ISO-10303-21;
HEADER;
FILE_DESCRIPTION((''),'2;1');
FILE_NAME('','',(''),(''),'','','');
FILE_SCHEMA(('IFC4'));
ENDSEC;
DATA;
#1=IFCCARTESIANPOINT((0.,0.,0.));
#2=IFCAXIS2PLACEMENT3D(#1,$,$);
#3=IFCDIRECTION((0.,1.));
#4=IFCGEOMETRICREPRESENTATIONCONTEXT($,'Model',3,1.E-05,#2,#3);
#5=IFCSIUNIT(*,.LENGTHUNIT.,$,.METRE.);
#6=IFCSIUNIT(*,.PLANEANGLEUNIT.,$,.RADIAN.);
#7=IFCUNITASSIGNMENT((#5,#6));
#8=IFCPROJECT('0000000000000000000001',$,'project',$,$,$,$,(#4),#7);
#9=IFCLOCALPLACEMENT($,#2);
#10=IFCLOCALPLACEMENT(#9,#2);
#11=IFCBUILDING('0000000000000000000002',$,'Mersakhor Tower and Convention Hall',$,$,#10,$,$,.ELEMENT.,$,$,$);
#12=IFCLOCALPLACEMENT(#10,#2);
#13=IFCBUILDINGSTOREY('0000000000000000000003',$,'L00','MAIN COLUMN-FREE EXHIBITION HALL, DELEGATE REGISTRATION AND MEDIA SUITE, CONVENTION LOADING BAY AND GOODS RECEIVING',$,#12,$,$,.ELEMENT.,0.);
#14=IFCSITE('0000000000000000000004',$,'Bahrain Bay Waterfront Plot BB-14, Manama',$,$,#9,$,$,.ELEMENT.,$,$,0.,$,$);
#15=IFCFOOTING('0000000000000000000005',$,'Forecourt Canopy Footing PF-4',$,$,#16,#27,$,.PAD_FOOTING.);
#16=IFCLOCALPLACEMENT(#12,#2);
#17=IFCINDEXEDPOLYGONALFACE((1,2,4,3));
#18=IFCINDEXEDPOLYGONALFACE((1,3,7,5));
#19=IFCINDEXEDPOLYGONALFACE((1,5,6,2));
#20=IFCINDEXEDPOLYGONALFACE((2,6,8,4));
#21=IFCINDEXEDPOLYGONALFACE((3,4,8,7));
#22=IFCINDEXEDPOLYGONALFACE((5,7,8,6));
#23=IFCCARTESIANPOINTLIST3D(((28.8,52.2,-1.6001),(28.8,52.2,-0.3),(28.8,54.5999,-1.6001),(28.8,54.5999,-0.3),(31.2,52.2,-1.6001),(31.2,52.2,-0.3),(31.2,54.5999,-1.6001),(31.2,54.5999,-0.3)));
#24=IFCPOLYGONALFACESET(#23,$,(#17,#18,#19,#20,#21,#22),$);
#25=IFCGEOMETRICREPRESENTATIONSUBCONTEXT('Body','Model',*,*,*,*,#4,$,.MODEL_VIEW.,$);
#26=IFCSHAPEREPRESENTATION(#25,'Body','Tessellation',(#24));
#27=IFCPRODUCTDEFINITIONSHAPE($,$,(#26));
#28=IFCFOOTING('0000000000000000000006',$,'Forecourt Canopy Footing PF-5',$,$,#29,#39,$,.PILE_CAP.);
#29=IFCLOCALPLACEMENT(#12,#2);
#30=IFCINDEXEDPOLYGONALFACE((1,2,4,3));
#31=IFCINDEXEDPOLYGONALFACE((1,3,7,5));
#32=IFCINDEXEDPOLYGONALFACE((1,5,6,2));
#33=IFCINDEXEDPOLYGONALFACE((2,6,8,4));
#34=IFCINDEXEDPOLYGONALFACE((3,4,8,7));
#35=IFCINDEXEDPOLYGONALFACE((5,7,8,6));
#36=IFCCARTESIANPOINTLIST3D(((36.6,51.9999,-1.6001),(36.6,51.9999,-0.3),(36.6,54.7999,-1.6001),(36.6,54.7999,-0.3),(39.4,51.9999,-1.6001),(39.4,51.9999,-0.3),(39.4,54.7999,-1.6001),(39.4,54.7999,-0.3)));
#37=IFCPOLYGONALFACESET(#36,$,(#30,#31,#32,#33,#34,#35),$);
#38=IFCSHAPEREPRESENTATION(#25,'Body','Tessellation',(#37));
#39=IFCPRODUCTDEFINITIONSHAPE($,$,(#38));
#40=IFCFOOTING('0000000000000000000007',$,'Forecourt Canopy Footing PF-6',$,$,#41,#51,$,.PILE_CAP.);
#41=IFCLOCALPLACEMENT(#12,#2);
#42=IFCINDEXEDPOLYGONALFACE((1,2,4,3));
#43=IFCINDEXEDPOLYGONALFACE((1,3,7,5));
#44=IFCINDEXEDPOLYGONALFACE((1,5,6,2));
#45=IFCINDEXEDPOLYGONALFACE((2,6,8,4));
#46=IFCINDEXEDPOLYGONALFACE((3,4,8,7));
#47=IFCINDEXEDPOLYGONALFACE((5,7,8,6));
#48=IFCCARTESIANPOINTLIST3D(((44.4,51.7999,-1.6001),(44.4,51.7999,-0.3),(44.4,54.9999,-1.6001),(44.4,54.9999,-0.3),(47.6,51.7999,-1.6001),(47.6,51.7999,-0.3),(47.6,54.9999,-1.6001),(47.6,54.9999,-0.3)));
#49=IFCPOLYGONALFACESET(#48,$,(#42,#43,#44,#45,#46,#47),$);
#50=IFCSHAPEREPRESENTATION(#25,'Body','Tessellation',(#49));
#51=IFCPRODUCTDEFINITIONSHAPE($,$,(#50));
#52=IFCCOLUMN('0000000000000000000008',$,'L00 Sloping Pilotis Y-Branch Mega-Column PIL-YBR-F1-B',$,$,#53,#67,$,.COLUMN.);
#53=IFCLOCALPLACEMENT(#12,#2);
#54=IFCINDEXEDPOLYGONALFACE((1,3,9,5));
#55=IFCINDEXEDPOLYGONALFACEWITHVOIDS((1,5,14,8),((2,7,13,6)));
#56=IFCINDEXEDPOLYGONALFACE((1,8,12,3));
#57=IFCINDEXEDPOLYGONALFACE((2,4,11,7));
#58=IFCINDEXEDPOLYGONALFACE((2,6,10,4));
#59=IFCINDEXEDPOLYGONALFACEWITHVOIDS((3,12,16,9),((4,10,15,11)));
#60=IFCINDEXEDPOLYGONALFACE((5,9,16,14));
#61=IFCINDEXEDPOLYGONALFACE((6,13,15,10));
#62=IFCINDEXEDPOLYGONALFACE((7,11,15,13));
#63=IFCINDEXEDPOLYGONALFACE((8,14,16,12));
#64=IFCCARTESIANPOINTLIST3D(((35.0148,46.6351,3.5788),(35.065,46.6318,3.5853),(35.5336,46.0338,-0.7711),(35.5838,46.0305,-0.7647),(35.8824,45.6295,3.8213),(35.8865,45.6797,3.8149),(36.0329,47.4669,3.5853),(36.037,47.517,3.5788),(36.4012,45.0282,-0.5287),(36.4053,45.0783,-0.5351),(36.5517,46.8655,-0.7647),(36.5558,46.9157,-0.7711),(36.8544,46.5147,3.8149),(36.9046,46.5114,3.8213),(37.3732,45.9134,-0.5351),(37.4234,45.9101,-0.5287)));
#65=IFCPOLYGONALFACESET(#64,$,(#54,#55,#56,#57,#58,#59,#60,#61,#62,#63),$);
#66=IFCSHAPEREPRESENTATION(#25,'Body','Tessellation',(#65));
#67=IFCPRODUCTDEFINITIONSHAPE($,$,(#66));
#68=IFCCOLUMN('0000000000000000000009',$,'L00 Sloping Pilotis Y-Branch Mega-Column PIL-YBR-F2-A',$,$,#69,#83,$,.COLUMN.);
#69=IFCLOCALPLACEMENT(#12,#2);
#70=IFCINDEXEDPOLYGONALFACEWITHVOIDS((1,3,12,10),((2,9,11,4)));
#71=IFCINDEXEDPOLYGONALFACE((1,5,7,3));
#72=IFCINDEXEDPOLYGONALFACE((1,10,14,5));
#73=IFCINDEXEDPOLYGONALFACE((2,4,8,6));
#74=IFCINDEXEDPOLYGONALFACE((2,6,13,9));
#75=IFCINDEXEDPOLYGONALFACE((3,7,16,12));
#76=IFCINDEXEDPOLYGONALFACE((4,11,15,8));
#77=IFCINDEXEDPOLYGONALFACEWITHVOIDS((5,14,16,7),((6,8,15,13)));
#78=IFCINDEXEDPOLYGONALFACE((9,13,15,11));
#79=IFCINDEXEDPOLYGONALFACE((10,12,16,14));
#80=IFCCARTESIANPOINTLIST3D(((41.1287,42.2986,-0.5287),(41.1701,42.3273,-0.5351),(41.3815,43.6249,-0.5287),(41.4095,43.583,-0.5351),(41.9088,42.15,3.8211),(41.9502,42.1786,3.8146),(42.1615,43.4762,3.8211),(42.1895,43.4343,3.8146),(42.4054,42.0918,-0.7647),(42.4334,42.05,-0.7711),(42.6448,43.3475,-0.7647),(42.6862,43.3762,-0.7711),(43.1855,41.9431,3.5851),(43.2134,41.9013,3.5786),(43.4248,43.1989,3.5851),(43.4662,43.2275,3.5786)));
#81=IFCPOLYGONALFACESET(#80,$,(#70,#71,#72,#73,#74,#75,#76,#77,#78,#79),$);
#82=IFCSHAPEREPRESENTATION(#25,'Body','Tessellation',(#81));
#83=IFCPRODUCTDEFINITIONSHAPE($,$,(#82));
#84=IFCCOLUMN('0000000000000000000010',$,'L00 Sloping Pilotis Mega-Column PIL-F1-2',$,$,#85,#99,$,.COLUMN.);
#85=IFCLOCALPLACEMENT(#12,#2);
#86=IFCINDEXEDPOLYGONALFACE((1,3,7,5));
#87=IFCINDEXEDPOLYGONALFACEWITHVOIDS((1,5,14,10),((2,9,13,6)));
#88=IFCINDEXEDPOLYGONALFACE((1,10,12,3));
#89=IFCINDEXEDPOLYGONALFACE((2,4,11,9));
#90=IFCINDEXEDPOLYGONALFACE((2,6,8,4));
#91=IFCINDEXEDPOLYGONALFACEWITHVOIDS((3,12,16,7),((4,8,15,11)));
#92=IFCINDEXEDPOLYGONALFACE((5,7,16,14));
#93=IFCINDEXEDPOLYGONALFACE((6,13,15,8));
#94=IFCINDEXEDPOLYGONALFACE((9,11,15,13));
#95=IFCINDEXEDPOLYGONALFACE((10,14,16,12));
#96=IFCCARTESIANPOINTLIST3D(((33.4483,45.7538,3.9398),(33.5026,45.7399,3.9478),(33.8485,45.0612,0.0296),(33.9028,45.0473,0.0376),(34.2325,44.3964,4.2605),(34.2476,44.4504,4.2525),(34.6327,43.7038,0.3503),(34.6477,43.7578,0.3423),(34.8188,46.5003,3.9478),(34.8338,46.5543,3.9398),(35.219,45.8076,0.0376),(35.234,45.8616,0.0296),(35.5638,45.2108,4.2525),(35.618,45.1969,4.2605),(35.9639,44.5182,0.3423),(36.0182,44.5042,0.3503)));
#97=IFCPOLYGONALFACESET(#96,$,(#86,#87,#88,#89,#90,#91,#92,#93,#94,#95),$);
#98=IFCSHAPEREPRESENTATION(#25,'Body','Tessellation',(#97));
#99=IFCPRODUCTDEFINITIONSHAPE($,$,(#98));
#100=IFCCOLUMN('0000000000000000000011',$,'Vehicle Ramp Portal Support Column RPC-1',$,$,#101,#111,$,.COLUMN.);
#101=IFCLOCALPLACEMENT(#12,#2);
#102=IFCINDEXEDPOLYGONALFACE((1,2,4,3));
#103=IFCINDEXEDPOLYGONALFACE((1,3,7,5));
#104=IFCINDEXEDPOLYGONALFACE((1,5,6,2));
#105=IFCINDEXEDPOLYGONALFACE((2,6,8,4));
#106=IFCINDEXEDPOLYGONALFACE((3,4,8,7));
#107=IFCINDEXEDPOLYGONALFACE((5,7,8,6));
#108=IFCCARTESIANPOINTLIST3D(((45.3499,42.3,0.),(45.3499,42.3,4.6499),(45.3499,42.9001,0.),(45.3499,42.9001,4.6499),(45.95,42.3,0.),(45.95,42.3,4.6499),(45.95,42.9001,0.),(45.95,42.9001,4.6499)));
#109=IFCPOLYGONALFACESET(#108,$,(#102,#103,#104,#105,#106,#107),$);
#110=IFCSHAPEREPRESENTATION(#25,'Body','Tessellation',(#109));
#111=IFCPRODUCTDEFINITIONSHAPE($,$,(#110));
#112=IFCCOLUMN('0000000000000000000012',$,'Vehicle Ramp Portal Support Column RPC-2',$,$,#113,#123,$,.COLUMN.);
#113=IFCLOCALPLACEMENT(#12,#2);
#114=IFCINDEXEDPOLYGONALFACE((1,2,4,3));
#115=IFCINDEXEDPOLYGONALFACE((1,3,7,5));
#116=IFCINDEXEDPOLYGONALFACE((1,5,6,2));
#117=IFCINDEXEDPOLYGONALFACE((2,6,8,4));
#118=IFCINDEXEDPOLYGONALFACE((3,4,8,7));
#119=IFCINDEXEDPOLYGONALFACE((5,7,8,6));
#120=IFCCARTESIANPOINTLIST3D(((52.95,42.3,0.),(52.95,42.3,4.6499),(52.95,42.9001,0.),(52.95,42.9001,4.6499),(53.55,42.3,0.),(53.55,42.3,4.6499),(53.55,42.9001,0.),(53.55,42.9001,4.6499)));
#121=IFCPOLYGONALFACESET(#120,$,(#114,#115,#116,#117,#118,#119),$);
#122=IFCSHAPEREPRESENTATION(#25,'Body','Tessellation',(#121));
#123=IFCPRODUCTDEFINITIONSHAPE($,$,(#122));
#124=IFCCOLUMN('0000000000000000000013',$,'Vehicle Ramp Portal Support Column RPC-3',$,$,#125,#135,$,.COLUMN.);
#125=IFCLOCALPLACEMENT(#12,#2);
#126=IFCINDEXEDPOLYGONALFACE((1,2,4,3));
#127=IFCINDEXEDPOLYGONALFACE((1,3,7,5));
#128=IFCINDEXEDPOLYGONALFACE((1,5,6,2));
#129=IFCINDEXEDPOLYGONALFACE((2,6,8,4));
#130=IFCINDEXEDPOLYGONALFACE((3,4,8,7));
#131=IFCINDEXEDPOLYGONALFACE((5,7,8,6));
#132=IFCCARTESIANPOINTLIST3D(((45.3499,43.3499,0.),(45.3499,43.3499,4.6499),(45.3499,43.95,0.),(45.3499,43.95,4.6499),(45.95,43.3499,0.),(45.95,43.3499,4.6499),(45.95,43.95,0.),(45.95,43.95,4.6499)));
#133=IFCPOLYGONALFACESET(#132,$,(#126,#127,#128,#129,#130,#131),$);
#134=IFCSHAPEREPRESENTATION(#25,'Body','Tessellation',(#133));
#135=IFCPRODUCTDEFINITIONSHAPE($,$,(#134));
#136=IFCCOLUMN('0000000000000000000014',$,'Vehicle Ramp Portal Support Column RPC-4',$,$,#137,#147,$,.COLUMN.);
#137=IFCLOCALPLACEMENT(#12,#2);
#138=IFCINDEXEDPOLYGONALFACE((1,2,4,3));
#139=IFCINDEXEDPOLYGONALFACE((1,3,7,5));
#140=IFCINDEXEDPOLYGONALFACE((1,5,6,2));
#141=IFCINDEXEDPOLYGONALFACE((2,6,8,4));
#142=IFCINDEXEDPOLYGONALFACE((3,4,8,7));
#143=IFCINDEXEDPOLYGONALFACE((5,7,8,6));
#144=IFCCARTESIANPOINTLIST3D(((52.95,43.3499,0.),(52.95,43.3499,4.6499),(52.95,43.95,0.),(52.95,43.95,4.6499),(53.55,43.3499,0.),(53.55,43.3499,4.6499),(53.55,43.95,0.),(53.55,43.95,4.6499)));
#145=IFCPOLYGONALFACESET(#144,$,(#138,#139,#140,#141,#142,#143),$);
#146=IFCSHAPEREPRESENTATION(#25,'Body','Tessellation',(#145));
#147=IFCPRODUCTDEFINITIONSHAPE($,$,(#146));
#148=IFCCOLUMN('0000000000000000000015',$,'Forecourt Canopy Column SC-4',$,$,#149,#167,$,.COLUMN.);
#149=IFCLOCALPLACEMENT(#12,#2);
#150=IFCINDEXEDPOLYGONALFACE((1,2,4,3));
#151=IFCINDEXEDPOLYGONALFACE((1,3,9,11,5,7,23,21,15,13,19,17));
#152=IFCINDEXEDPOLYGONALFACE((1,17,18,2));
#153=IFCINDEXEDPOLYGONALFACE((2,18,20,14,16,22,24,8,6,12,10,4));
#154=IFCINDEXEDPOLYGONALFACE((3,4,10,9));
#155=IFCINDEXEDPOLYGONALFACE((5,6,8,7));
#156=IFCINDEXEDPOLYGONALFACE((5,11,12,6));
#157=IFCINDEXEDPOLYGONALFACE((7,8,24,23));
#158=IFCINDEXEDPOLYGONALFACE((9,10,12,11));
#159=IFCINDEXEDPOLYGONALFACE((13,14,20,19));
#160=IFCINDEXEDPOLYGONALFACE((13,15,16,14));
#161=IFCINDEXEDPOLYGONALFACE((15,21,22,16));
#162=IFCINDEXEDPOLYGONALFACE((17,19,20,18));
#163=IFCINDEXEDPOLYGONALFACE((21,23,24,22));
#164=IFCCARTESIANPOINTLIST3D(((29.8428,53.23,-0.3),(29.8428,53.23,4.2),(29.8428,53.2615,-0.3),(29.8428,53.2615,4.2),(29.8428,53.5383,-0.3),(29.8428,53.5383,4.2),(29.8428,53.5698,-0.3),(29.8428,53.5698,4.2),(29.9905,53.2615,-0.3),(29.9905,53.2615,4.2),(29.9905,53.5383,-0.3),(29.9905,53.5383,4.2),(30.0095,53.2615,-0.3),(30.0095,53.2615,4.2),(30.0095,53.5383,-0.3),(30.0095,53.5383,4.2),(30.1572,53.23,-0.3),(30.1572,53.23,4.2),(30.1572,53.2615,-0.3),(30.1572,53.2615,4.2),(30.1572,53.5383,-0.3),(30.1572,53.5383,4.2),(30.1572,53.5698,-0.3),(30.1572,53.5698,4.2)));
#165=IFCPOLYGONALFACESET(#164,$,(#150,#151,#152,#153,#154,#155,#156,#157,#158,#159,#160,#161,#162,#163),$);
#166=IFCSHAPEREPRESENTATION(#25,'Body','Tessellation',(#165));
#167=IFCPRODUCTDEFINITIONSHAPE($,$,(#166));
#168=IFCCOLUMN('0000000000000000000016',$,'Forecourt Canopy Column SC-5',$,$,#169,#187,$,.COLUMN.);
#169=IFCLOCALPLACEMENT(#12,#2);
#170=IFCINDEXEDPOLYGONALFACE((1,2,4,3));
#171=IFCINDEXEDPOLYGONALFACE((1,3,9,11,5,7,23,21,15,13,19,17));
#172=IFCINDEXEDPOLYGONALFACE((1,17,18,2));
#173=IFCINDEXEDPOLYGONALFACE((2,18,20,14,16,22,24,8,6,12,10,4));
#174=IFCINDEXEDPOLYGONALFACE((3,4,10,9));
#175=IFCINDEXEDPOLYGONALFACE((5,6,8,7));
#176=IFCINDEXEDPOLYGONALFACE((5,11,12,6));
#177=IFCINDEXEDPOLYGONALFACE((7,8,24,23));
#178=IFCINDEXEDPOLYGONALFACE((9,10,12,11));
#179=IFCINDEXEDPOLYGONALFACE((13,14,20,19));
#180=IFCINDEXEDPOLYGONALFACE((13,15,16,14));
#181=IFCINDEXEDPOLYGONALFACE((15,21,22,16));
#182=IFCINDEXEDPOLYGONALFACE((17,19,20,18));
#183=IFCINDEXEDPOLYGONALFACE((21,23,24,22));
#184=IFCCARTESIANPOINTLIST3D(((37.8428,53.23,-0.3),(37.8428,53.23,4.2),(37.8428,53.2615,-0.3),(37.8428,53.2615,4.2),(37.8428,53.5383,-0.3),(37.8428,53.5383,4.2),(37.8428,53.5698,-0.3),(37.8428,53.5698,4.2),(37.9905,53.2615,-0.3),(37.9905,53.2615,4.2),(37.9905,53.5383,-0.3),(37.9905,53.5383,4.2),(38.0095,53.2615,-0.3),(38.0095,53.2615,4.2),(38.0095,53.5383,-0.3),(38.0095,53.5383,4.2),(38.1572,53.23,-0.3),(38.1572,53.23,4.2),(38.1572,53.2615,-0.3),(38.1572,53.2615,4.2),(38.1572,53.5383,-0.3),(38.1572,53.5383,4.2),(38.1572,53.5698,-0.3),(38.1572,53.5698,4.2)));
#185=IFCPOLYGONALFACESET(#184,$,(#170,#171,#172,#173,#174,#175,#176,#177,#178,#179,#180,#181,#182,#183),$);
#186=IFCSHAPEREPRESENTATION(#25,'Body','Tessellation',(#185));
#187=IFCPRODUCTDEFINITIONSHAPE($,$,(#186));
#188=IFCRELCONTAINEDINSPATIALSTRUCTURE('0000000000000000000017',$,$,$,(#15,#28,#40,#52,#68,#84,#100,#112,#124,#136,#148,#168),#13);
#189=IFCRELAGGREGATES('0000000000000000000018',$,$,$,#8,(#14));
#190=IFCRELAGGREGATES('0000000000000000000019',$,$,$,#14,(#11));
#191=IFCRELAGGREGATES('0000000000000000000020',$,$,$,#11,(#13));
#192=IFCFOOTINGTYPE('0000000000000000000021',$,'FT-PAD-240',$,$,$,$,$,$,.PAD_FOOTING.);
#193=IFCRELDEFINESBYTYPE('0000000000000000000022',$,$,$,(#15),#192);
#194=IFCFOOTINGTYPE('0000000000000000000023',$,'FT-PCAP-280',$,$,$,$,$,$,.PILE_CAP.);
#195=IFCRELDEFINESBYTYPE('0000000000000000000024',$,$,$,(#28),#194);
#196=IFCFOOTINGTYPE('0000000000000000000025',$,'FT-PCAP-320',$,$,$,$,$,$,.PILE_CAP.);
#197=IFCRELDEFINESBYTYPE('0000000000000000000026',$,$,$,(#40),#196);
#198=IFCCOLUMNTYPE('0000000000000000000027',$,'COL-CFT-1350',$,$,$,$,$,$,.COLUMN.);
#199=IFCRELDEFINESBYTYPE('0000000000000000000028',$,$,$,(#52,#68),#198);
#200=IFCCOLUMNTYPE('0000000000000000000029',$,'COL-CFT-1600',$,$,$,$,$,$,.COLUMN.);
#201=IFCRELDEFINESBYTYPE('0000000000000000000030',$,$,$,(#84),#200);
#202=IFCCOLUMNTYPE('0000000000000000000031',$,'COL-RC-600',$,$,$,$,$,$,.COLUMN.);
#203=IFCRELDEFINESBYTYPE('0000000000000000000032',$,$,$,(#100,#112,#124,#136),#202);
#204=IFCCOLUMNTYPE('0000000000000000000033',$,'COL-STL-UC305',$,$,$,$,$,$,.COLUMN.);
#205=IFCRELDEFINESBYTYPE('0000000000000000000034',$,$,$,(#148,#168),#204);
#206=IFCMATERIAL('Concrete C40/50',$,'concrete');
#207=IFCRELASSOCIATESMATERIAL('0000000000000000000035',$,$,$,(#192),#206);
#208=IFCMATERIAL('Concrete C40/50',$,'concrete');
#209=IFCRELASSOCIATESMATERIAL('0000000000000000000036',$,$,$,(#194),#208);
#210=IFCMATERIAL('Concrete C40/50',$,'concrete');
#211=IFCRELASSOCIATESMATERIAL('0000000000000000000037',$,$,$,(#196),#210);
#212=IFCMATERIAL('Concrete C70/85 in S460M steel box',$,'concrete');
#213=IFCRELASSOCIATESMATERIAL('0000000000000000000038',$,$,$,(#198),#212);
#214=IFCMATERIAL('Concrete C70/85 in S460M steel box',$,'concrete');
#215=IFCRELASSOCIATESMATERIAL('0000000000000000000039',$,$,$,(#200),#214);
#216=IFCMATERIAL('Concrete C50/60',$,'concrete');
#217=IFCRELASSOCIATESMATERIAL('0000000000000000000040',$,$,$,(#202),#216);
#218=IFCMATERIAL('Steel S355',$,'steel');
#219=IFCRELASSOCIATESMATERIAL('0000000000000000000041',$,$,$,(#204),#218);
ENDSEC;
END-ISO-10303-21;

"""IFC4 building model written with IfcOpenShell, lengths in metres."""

from ifc_helpers import new_model, si_unit, direction, frame, origin, origin_2d, place, context, subcontext, project, spatial, rectangle, hollow_rectangle, i_section, extrude, material, material_profile, profile_set, type_object, element, save


model = new_model("IFC4")

# Units and contexts
model_context = context("Model", 3, precision=1e-05, world=origin(), true_north=direction((0.0, 1.0)))
body_context = subcontext(model_context, "Body", "Model", "MODEL_VIEW")
ifc_project = project(units=[si_unit("LENGTHUNIT", "METRE"), si_unit("PLANEANGLEUNIT", "RADIAN")], contexts=[model_context])

# Site, building, storey
site_placement = place(None, origin())
site = spatial("IfcSite", under=ifc_project, at=site_placement, Name="Bahrain Bay Waterfront Plot BB-14, Manama", CompositionType="ELEMENT", RefElevation=0.0)
building_placement = place(site_placement, origin())
building = spatial("IfcBuilding", under=site, at=building_placement, Name="Mersakhor Tower and Convention Hall", CompositionType="ELEMENT")
storey_placement = place(building_placement, origin())
storey = spatial("IfcBuildingStorey", under=building, at=storey_placement, Name="L00", Description="MAIN COLUMN-FREE EXHIBITION HALL, DELEGATE REGISTRATION AND MEDIA SUITE, CONVENTION LOADING BAY AND GOODS RECEIVING", CompositionType="ELEMENT", Elevation=0.0)

# Footings
ifc_material_1 = material(Name="Concrete C40/50", Category="concrete")
footing_type_1 = type_object("IfcFootingType", Name="FT-PAD-240", PredefinedType="PAD_FOOTING", material=ifc_material_1)
footing_1_placement = place(storey_placement, frame((30.0, 53.3999, -1.6001), z_axis=(0.0, 0.0, 1.0), x_axis=(1.0, 0.0, 0.0)))
element("IfcFooting", 1, at=footing_1_placement, inside=storey, type_object=footing_type_1, Name="Forecourt Canopy Footing PF-4", PredefinedType="PAD_FOOTING", context=body_context, shape_type="SweptSolid", body=[
    extrude(rectangle(XDim=2.3999, YDim=2.3999, at=origin_2d()), origin(), (0.0, 0.0, 1.0), 1.3),
])
ifc_material_2 = material(Name="Concrete C40/50", Category="concrete")
footing_type_2 = type_object("IfcFootingType", Name="FT-PCAP-280", PredefinedType="PILE_CAP", material=ifc_material_2)
footing_2_placement = place(storey_placement, frame((38.0, 53.3999, -1.6001), z_axis=(0.0, 0.0, 1.0), x_axis=(1.0, 0.0, 0.0)))
element("IfcFooting", 2, at=footing_2_placement, inside=storey, type_object=footing_type_2, Name="Forecourt Canopy Footing PF-5", PredefinedType="PILE_CAP", context=body_context, shape_type="SweptSolid", body=[
    extrude(rectangle(XDim=2.8, YDim=2.8, at=origin_2d()), origin(), (0.0, 0.0, 1.0), 1.3),
])
ifc_material_3 = material(Name="Concrete C40/50", Category="concrete")
footing_type_3 = type_object("IfcFootingType", Name="FT-PCAP-320", PredefinedType="PILE_CAP", material=ifc_material_3)
footing_3_placement = place(storey_placement, frame((46.0, 53.3999, -1.6001), z_axis=(0.0, 0.0, 1.0), x_axis=(1.0, 0.0, 0.0)))
element("IfcFooting", 3, at=footing_3_placement, inside=storey, type_object=footing_type_3, Name="Forecourt Canopy Footing PF-6", PredefinedType="PILE_CAP", context=body_context, shape_type="SweptSolid", body=[
    extrude(rectangle(XDim=3.2, YDim=3.2, at=origin_2d()), origin(), (0.0, 0.0, 1.0), 1.3),
])

# Columns
ifc_material_4 = material(Name="Concrete C70/85 in S460M steel box", Category="concrete")
ifc_material_profile_1 = material_profile(ifc_material_4, hollow_rectangle(XDim=1.3501, YDim=1.3501, WallThickness=0.0359, at=origin_2d()), Name="SHS 1350x1350x36")
ifc_profile_set_1 = profile_set([ifc_material_profile_1], Name="Concrete C70/85 in S460M steel box")
column_type_1 = type_object("IfcColumnType", Name="COL-CFT-1350", PredefinedType="COLUMN", material=ifc_profile_set_1)
column_1_placement = place(storey_placement, frame((36.4785, 45.9719, -0.6499), z_axis=(-0.117329, 0.135991, 0.983738), x_axis=(-0.757148, -0.653244, 0.0)))
element("IfcColumn", 4, at=column_1_placement, inside=storey, type_object=column_type_1, Name="L00 Sloping Pilotis Y-Branch Mega-Column PIL-YBR-F1-B", PredefinedType="COLUMN", context=body_context, shape_type="SweptSolid", body=[
    extrude(hollow_rectangle(XDim=1.3501, YDim=1.3501, WallThickness=0.0359, at=origin_2d()), origin(), (0.0, 0.0, 1.0), 4.4219),
])
column_2_placement = place(storey_placement, frame((41.9075, 42.8374, -0.6499), z_axis=(0.176408, -0.033625, 0.983743), x_axis=(0.187239, 0.982314, 0.0)))
element("IfcColumn", 5, at=column_2_placement, inside=storey, type_object=column_type_1, Name="L00 Sloping Pilotis Y-Branch Mega-Column PIL-YBR-F2-A", PredefinedType="COLUMN", context=body_context, shape_type="SweptSolid", body=[
    extrude(hollow_rectangle(XDim=1.3501, YDim=1.3501, WallThickness=0.0359, at=origin_2d()), origin(), (0.0, 0.0, 1.0), 4.4216),
])
ifc_material_5 = material(Name="Concrete C70/85 in S460M steel box", Category="concrete")
ifc_material_profile_2 = material_profile(ifc_material_5, hollow_rectangle(XDim=1.6001, YDim=1.6001, WallThickness=0.04, at=origin_2d()), Name="SHS 1600x1600x40")
ifc_profile_set_2 = profile_set([ifc_material_profile_2], Name="Concrete C70/85 in S460M steel box")
column_type_2 = type_object("IfcColumnType", Name="COL-CFT-1600", PredefinedType="COLUMN", material=ifc_profile_set_2)
column_3_placement = place(storey_placement, frame((34.9333, 44.7827, 0.1899), z_axis=(-0.100259, 0.173541, 0.97971), x_axis=(-0.865886, -0.500242, 0.0)))
element("IfcColumn", 6, at=column_3_placement, inside=storey, type_object=column_type_2, Name="L00 Sloping Pilotis Mega-Column PIL-F1-2", PredefinedType="COLUMN", context=body_context, shape_type="SweptSolid", body=[
    extrude(hollow_rectangle(XDim=1.6001, YDim=1.6001, WallThickness=0.04, at=origin_2d()), origin(), (0.0, 0.0, 1.0), 3.9912),
])
ifc_material_6 = material(Name="Concrete C50/60", Category="concrete")
ifc_material_profile_3 = material_profile(ifc_material_6, rectangle(XDim=0.6001, YDim=0.6001, at=origin_2d()), Name="RC 600x600")
ifc_profile_set_3 = profile_set([ifc_material_profile_3], Name="Concrete C50/60")
column_type_3 = type_object("IfcColumnType", Name="COL-RC-600", PredefinedType="COLUMN", material=ifc_profile_set_3)
for number, where, z_axis, x_axis, name in (
    (7, (45.6499, 42.6001, 0.0), (0.0, 0.0, 1.0), (1.0, 0.0, 0.0), "Vehicle Ramp Portal Support Column RPC-1"),
    (8, (53.25, 42.6001, 0.0), (0.0, 0.0, 1.0), (1.0, 0.0, 0.0), "Vehicle Ramp Portal Support Column RPC-2"),
    (9, (45.6499, 43.6499, 0.0), (0.0, 0.0, 1.0), (1.0, 0.0, 0.0), "Vehicle Ramp Portal Support Column RPC-3"),
    (10, (53.25, 43.6499, 0.0), (0.0, 0.0, 1.0), (1.0, 0.0, 0.0), "Vehicle Ramp Portal Support Column RPC-4"),
):
    element("IfcColumn", number, at=place(storey_placement, frame(where, z_axis=z_axis, x_axis=x_axis)), inside=storey, type_object=column_type_3, Name=name, PredefinedType="COLUMN", context=body_context, shape_type="SweptSolid", body=[
        extrude(rectangle(XDim=0.6001, YDim=0.6001, at=origin_2d()), origin(), (0.0, 0.0, 1.0), 4.6499),
    ])
ifc_material_7 = material(Name="Steel S355", Category="steel")
ifc_material_profile_4 = material_profile(ifc_material_7, i_section(OverallWidth=0.3145, OverallDepth=0.3398, WebThickness=0.019, FlangeThickness=0.0315, at=origin_2d()), Name="UC 305x305x198")
ifc_profile_set_4 = profile_set([ifc_material_profile_4], Name="Steel S355")
column_type_4 = type_object("IfcColumnType", Name="COL-STL-UC305", PredefinedType="COLUMN", material=ifc_profile_set_4)
for number, where, z_axis, x_axis, name in (
    (11, (30.0, 53.3999, -0.3), (0.0, 0.0, 1.0), (1.0, 0.0, 0.0), "Forecourt Canopy Column SC-4"),
    (12, (38.0, 53.3999, -0.3), (0.0, 0.0, 1.0), (1.0, 0.0, 0.0), "Forecourt Canopy Column SC-5"),
):
    element("IfcColumn", number, at=place(storey_placement, frame(where, z_axis=z_axis, x_axis=x_axis)), inside=storey, type_object=column_type_4, Name=name, PredefinedType="COLUMN", context=body_context, shape_type="SweptSolid", body=[
        extrude(i_section(OverallWidth=0.3145, OverallDepth=0.3398, WebThickness=0.019, FlangeThickness=0.0315, at=origin_2d()), origin(), (0.0, 0.0, 1.0), 4.5),
    ])

save(model, "model.ifc")
